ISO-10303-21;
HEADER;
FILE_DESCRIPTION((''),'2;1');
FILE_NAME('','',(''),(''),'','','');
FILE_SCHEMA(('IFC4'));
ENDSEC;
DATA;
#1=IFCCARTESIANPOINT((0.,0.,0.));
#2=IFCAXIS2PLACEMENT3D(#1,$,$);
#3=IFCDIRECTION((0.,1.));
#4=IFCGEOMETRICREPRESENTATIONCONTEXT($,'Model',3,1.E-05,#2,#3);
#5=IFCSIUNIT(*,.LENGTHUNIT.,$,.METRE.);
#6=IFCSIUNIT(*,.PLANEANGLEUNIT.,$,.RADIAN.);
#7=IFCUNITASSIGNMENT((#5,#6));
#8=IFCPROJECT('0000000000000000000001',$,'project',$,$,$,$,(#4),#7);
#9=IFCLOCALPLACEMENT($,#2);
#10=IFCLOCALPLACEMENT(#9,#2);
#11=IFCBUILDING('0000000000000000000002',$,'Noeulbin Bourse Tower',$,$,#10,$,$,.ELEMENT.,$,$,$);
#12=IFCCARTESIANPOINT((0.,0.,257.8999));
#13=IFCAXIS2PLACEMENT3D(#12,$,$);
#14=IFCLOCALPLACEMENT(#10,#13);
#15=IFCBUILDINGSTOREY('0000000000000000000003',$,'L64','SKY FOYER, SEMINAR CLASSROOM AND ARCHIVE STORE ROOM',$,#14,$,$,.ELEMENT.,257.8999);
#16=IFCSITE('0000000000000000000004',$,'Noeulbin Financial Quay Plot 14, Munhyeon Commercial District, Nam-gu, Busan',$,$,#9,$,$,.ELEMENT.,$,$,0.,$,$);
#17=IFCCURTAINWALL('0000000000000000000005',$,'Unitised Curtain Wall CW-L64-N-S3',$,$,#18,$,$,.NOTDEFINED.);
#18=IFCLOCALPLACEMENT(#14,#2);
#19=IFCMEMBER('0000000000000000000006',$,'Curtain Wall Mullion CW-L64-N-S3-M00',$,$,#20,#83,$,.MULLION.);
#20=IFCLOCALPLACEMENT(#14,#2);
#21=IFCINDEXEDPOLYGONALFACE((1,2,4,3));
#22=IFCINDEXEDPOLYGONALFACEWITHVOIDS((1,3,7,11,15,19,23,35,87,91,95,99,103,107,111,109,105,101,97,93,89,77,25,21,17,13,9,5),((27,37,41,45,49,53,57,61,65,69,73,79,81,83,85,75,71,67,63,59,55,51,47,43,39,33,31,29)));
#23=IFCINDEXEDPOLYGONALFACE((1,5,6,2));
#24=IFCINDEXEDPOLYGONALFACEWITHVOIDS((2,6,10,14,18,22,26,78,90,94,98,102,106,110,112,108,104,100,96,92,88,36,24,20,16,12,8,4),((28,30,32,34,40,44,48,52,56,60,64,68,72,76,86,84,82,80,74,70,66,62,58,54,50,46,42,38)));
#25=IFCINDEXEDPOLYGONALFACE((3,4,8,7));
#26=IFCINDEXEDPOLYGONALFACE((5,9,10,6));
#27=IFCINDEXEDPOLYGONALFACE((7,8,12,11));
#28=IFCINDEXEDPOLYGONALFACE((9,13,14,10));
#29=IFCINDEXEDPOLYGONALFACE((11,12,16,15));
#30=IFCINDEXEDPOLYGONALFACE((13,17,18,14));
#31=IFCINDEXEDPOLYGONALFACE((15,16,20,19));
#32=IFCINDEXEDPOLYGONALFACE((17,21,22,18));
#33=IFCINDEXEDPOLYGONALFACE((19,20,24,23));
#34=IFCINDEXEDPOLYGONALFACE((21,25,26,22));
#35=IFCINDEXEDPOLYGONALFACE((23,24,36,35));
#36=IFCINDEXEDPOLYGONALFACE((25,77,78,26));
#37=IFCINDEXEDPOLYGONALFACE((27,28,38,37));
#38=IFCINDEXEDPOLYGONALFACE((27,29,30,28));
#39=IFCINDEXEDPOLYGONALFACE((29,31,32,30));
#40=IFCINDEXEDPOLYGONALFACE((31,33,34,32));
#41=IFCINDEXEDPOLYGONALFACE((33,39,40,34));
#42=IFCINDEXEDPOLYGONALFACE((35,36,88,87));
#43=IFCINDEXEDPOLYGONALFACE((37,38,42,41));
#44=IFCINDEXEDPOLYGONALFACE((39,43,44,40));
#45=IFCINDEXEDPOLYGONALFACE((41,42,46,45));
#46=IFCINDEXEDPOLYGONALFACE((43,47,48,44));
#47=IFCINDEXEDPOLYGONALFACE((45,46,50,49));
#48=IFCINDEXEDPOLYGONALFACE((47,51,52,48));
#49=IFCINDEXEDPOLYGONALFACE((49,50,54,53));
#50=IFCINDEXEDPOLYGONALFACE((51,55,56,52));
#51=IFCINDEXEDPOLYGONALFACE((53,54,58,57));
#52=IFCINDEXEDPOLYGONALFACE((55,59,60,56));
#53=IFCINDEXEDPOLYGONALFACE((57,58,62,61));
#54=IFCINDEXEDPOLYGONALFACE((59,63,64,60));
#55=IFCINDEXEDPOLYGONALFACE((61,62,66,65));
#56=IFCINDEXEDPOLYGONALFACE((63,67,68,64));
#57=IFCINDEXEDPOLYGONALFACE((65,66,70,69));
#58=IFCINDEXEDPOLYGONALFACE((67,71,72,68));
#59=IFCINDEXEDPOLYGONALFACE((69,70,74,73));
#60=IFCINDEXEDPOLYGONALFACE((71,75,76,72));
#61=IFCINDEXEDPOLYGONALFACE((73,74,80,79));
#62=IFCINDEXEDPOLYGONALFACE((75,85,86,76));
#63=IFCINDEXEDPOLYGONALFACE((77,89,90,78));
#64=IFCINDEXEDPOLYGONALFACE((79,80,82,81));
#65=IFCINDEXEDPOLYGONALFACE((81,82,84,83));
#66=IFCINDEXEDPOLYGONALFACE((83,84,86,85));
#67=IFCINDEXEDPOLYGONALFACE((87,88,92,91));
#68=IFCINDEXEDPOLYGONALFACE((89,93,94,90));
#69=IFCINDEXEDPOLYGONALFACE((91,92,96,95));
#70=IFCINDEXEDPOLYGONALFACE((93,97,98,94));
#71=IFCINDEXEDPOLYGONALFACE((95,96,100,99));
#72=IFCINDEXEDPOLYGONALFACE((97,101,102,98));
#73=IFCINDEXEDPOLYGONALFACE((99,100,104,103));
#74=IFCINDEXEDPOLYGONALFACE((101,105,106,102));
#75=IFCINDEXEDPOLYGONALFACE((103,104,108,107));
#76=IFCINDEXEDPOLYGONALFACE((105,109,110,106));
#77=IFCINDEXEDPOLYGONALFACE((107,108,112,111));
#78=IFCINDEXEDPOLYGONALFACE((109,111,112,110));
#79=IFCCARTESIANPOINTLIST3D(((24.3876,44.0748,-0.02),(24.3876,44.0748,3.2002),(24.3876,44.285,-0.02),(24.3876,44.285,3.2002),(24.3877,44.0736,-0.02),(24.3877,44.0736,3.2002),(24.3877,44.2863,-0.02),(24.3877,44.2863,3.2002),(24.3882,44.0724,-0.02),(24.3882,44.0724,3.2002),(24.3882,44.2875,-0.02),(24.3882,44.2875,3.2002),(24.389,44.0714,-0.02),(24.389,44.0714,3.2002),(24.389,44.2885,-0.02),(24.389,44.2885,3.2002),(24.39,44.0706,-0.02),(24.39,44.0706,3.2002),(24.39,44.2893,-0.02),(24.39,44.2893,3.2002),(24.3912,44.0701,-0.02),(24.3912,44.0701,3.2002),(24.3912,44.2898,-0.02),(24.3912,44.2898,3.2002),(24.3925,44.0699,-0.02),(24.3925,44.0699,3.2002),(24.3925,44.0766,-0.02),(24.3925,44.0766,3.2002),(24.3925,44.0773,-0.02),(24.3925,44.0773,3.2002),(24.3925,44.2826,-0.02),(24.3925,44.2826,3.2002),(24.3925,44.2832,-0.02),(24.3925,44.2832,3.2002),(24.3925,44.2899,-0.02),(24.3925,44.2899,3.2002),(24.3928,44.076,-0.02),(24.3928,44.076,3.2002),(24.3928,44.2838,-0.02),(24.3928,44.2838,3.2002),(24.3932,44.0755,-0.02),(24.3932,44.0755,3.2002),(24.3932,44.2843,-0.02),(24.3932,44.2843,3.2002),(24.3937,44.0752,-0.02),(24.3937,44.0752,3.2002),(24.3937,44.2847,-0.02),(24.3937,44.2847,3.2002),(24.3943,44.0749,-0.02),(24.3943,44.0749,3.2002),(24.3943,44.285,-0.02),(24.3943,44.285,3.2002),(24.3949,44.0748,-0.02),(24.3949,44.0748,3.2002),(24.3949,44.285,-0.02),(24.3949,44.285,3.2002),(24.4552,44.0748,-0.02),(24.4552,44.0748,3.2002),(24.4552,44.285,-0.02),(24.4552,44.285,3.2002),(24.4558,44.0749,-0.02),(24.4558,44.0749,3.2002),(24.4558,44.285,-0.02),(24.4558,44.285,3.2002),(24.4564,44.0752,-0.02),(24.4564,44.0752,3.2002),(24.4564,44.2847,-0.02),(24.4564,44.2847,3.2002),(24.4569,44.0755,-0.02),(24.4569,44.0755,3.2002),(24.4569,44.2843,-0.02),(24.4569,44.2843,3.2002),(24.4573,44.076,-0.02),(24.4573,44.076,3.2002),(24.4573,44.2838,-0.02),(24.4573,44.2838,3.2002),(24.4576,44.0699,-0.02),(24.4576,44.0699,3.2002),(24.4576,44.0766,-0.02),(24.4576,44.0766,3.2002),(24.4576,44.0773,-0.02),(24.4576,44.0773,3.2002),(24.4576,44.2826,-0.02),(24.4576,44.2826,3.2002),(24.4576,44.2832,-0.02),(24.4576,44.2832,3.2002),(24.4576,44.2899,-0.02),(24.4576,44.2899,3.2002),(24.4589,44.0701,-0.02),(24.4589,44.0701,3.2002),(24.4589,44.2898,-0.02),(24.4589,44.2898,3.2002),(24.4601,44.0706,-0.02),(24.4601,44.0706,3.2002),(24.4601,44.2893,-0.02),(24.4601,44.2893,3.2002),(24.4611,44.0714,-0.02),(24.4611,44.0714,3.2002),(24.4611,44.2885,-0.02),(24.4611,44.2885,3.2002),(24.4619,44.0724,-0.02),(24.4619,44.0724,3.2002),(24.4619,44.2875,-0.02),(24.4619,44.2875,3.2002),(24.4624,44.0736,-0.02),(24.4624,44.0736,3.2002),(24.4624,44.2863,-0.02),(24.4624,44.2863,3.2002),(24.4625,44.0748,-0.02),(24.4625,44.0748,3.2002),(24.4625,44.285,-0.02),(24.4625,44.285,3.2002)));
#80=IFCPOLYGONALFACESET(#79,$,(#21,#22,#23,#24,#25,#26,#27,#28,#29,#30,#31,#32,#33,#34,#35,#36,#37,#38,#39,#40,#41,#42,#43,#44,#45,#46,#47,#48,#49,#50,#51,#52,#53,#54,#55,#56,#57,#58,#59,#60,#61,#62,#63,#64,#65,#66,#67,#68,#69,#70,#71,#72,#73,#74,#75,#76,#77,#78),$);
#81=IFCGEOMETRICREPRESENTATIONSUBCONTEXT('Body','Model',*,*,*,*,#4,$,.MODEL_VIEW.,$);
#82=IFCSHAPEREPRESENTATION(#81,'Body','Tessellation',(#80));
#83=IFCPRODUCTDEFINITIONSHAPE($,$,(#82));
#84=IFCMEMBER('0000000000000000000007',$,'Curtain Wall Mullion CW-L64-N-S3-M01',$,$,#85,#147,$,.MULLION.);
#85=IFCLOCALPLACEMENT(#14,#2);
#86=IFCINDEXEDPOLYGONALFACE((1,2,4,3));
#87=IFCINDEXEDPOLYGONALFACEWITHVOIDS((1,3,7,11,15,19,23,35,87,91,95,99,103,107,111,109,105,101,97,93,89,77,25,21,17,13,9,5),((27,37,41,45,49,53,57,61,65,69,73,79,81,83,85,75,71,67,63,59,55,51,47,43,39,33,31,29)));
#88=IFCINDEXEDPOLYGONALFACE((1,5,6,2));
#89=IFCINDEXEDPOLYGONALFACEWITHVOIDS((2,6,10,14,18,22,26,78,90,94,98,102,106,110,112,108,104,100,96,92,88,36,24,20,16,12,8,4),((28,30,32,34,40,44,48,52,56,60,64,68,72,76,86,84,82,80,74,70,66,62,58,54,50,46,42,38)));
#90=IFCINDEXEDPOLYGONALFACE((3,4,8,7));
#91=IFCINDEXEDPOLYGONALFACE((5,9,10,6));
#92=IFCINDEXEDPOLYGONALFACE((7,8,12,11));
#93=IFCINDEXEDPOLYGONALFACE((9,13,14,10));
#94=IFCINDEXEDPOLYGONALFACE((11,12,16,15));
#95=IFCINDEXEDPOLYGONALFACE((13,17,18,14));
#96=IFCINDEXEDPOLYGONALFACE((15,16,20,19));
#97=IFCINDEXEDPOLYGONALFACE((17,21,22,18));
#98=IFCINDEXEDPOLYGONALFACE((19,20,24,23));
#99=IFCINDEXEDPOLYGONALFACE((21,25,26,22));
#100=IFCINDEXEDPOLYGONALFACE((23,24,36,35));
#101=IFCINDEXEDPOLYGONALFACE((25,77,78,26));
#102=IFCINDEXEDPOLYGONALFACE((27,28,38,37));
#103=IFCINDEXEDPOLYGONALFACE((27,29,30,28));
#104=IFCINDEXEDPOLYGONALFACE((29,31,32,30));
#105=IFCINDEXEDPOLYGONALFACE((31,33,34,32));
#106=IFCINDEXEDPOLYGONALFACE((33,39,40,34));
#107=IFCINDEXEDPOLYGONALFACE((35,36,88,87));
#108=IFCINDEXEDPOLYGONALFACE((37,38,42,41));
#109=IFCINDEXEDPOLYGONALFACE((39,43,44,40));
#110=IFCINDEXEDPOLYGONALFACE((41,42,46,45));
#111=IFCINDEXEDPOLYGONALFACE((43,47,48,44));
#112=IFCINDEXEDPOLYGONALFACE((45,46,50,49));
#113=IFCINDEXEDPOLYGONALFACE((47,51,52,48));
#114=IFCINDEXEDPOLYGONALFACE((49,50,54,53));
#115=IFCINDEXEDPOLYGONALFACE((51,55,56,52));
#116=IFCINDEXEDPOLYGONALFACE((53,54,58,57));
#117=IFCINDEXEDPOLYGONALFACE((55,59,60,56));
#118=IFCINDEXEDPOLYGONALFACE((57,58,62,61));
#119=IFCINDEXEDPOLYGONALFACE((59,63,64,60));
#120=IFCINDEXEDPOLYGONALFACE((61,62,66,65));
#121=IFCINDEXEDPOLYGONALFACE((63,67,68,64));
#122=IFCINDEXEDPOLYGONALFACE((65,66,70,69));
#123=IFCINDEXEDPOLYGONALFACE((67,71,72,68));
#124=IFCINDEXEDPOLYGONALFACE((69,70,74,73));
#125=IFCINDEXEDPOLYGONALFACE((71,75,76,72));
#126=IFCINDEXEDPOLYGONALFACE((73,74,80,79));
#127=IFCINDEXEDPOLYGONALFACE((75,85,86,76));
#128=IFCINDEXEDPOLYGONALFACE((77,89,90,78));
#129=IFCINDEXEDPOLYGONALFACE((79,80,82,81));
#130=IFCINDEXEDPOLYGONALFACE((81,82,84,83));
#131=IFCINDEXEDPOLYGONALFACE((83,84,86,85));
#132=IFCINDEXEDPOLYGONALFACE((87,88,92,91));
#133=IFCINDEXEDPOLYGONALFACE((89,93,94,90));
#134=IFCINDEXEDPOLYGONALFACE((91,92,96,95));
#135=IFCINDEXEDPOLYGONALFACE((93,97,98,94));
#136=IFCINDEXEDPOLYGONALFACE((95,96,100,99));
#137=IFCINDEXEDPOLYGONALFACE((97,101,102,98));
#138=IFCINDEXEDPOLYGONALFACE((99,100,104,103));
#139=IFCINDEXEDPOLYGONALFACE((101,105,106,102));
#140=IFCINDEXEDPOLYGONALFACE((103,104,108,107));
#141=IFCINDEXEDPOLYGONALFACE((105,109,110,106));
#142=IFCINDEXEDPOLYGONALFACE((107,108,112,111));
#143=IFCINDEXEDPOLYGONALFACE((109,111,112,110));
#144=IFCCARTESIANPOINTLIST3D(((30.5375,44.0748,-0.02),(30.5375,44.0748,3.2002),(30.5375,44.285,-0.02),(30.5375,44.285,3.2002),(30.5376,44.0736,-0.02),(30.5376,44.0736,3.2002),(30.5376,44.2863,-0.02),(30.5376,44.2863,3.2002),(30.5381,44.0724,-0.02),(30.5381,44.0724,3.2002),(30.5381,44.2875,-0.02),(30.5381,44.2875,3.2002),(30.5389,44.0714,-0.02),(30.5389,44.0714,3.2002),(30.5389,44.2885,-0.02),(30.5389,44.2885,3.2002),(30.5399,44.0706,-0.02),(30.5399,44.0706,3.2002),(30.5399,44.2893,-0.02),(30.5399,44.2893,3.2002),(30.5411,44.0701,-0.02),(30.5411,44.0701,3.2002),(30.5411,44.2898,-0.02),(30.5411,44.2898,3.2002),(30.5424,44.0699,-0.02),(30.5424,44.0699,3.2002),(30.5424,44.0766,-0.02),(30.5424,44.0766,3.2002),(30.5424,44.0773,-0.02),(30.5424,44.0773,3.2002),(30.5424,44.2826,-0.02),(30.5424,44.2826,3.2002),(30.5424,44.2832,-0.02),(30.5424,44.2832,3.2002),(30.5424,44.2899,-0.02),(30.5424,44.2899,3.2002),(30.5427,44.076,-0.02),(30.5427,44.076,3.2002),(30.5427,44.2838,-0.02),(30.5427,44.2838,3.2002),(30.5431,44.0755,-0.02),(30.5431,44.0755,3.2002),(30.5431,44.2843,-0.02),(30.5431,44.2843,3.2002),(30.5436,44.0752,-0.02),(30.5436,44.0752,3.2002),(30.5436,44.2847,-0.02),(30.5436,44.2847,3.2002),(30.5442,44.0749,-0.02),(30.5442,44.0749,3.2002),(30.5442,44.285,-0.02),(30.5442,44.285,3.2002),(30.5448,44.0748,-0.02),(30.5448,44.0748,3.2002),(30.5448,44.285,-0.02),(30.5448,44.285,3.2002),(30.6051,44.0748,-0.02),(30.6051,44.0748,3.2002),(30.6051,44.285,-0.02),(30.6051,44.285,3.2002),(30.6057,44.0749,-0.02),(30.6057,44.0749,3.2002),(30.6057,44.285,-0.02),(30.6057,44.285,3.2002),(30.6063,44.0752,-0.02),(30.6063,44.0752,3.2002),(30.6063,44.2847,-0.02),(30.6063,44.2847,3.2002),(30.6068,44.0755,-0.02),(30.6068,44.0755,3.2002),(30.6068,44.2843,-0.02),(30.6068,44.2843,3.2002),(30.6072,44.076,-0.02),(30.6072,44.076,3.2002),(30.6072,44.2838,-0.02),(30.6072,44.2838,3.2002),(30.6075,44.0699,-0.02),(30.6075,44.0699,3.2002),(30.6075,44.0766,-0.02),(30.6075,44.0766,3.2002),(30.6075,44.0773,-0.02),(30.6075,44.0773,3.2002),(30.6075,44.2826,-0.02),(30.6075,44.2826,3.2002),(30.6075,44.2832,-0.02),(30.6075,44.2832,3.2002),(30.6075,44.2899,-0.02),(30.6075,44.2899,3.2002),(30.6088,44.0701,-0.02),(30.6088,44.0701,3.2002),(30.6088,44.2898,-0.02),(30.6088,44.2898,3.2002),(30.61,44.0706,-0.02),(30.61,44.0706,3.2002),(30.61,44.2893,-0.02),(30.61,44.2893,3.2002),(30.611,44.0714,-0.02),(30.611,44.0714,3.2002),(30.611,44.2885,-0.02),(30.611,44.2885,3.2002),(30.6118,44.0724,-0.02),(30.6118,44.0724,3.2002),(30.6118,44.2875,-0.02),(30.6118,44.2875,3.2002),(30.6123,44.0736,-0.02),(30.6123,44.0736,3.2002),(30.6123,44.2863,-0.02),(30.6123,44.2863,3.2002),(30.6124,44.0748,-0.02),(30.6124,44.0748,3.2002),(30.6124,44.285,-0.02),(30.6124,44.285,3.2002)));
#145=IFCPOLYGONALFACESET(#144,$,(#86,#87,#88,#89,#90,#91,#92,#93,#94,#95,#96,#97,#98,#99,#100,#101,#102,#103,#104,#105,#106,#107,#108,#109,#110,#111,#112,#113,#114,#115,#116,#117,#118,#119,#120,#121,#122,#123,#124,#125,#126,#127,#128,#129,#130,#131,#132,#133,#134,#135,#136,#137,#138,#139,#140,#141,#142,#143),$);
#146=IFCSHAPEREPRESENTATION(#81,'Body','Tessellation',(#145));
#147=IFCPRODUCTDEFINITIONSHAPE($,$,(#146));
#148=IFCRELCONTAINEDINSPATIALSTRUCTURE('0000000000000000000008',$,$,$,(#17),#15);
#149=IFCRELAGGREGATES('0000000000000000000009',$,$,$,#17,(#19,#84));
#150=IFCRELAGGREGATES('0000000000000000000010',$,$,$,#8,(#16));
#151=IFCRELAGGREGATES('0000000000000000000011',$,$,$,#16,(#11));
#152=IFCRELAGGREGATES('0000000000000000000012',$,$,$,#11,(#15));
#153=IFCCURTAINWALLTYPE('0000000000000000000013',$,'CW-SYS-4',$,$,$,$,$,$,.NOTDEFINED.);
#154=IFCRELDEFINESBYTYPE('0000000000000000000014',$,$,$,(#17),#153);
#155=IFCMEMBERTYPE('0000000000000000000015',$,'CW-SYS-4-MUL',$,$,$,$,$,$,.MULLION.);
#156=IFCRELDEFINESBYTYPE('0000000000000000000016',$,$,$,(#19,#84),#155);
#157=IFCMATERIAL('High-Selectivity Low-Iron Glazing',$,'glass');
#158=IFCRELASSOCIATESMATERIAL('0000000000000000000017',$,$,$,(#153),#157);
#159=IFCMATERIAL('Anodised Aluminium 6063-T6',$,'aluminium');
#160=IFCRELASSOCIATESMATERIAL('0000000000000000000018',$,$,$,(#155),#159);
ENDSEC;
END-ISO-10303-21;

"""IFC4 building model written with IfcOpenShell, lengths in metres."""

from ifc_helpers import new_model, si_unit, direction, frame, origin, origin_2d, place, context, subcontext, project, spatial, hollow_rectangle, extrude, material, material_profile, profile_set, type_object, element, aggregate, save


model = new_model("IFC4")

# Units and contexts
model_context = context("Model", 3, precision=1e-05, world=origin(), true_north=direction((0.0, 1.0)))
body_context = subcontext(model_context, "Body", "Model", "MODEL_VIEW")
ifc_project = project(units=[si_unit("LENGTHUNIT", "METRE"), si_unit("PLANEANGLEUNIT", "RADIAN")], contexts=[model_context])

# Site, building, storey
site_placement = place(None, origin())
site = spatial("IfcSite", under=ifc_project, at=site_placement, Name="Noeulbin Financial Quay Plot 14, Munhyeon Commercial District, Nam-gu, Busan", CompositionType="ELEMENT", RefElevation=0.0)
building_placement = place(site_placement, origin())
building = spatial("IfcBuilding", under=site, at=building_placement, Name="Noeulbin Bourse Tower", CompositionType="ELEMENT")
storey_placement = place(building_placement, frame((0.0, 0.0, 257.8999)))
storey = spatial("IfcBuildingStorey", under=building, at=storey_placement, Name="L64", Description="SKY FOYER, SEMINAR CLASSROOM AND ARCHIVE STORE ROOM", CompositionType="ELEMENT", Elevation=257.8999)

# Curtain wall, members
ifc_material_1 = material(Name="High-Selectivity Low-Iron Glazing", Category="glass")
curtain_wall_type = type_object("IfcCurtainWallType", Name="CW-SYS-4", PredefinedType="NOTDEFINED", material=ifc_material_1)
curtain_wall_placement = place(storey_placement, origin())
curtain_wall = element("IfcCurtainWall", 1, at=curtain_wall_placement, inside=storey, type_object=curtain_wall_type, Name="Unitised Curtain Wall CW-L64-N-S3", PredefinedType="NOTDEFINED")
ifc_material_2 = material(Name="Anodised Aluminium 6063-T6", Category="aluminium")
ifc_material_profile_1 = material_profile(ifc_material_2, hollow_rectangle(XDim=0.075, YDim=0.22, WallThickness=0.0049, InnerFilletRadius=0.0024, OuterFilletRadius=0.0049, at=origin_2d()), Name="ALU-MULL-75x220x5", Category="LoadBearing")
ifc_profile_set_1 = profile_set([ifc_material_profile_1], Name="Anodised Aluminium 6063-T6")
member_type_1 = type_object("IfcMemberType", Name="CW-SYS-4-MUL", PredefinedType="MULLION", material=ifc_profile_set_1)
member_1_placement = place(storey_placement, frame((24.425, 44.1799, -0.02), z_axis=(0.0, 0.0, 1.0), x_axis=(1.0, 0.0, 0.0)))
member_1 = element("IfcMember", 2, at=member_1_placement, type_object=member_type_1, Name="Curtain Wall Mullion CW-L64-N-S3-M00", PredefinedType="MULLION", context=body_context, shape_type="SweptSolid", body=[
    extrude(hollow_rectangle(XDim=0.075, YDim=0.22, WallThickness=0.0049, InnerFilletRadius=0.0024, OuterFilletRadius=0.0049, at=origin_2d()), origin(), (0.0, 0.0, 1.0), 3.2202),
])
member_2_placement = place(storey_placement, frame((30.575, 44.1799, -0.02), z_axis=(0.0, 0.0, 1.0), x_axis=(1.0, 0.0, 0.0)))
member_2 = element("IfcMember", 3, at=member_2_placement, type_object=member_type_1, Name="Curtain Wall Mullion CW-L64-N-S3-M01", PredefinedType="MULLION", context=body_context, shape_type="SweptSolid", body=[
    extrude(hollow_rectangle(XDim=0.075, YDim=0.22, WallThickness=0.0049, InnerFilletRadius=0.0024, OuterFilletRadius=0.0049, at=origin_2d()), origin(), (0.0, 0.0, 1.0), 3.2202),
])
aggregate(curtain_wall, [member_1, member_2])

save(model, "model.ifc")
